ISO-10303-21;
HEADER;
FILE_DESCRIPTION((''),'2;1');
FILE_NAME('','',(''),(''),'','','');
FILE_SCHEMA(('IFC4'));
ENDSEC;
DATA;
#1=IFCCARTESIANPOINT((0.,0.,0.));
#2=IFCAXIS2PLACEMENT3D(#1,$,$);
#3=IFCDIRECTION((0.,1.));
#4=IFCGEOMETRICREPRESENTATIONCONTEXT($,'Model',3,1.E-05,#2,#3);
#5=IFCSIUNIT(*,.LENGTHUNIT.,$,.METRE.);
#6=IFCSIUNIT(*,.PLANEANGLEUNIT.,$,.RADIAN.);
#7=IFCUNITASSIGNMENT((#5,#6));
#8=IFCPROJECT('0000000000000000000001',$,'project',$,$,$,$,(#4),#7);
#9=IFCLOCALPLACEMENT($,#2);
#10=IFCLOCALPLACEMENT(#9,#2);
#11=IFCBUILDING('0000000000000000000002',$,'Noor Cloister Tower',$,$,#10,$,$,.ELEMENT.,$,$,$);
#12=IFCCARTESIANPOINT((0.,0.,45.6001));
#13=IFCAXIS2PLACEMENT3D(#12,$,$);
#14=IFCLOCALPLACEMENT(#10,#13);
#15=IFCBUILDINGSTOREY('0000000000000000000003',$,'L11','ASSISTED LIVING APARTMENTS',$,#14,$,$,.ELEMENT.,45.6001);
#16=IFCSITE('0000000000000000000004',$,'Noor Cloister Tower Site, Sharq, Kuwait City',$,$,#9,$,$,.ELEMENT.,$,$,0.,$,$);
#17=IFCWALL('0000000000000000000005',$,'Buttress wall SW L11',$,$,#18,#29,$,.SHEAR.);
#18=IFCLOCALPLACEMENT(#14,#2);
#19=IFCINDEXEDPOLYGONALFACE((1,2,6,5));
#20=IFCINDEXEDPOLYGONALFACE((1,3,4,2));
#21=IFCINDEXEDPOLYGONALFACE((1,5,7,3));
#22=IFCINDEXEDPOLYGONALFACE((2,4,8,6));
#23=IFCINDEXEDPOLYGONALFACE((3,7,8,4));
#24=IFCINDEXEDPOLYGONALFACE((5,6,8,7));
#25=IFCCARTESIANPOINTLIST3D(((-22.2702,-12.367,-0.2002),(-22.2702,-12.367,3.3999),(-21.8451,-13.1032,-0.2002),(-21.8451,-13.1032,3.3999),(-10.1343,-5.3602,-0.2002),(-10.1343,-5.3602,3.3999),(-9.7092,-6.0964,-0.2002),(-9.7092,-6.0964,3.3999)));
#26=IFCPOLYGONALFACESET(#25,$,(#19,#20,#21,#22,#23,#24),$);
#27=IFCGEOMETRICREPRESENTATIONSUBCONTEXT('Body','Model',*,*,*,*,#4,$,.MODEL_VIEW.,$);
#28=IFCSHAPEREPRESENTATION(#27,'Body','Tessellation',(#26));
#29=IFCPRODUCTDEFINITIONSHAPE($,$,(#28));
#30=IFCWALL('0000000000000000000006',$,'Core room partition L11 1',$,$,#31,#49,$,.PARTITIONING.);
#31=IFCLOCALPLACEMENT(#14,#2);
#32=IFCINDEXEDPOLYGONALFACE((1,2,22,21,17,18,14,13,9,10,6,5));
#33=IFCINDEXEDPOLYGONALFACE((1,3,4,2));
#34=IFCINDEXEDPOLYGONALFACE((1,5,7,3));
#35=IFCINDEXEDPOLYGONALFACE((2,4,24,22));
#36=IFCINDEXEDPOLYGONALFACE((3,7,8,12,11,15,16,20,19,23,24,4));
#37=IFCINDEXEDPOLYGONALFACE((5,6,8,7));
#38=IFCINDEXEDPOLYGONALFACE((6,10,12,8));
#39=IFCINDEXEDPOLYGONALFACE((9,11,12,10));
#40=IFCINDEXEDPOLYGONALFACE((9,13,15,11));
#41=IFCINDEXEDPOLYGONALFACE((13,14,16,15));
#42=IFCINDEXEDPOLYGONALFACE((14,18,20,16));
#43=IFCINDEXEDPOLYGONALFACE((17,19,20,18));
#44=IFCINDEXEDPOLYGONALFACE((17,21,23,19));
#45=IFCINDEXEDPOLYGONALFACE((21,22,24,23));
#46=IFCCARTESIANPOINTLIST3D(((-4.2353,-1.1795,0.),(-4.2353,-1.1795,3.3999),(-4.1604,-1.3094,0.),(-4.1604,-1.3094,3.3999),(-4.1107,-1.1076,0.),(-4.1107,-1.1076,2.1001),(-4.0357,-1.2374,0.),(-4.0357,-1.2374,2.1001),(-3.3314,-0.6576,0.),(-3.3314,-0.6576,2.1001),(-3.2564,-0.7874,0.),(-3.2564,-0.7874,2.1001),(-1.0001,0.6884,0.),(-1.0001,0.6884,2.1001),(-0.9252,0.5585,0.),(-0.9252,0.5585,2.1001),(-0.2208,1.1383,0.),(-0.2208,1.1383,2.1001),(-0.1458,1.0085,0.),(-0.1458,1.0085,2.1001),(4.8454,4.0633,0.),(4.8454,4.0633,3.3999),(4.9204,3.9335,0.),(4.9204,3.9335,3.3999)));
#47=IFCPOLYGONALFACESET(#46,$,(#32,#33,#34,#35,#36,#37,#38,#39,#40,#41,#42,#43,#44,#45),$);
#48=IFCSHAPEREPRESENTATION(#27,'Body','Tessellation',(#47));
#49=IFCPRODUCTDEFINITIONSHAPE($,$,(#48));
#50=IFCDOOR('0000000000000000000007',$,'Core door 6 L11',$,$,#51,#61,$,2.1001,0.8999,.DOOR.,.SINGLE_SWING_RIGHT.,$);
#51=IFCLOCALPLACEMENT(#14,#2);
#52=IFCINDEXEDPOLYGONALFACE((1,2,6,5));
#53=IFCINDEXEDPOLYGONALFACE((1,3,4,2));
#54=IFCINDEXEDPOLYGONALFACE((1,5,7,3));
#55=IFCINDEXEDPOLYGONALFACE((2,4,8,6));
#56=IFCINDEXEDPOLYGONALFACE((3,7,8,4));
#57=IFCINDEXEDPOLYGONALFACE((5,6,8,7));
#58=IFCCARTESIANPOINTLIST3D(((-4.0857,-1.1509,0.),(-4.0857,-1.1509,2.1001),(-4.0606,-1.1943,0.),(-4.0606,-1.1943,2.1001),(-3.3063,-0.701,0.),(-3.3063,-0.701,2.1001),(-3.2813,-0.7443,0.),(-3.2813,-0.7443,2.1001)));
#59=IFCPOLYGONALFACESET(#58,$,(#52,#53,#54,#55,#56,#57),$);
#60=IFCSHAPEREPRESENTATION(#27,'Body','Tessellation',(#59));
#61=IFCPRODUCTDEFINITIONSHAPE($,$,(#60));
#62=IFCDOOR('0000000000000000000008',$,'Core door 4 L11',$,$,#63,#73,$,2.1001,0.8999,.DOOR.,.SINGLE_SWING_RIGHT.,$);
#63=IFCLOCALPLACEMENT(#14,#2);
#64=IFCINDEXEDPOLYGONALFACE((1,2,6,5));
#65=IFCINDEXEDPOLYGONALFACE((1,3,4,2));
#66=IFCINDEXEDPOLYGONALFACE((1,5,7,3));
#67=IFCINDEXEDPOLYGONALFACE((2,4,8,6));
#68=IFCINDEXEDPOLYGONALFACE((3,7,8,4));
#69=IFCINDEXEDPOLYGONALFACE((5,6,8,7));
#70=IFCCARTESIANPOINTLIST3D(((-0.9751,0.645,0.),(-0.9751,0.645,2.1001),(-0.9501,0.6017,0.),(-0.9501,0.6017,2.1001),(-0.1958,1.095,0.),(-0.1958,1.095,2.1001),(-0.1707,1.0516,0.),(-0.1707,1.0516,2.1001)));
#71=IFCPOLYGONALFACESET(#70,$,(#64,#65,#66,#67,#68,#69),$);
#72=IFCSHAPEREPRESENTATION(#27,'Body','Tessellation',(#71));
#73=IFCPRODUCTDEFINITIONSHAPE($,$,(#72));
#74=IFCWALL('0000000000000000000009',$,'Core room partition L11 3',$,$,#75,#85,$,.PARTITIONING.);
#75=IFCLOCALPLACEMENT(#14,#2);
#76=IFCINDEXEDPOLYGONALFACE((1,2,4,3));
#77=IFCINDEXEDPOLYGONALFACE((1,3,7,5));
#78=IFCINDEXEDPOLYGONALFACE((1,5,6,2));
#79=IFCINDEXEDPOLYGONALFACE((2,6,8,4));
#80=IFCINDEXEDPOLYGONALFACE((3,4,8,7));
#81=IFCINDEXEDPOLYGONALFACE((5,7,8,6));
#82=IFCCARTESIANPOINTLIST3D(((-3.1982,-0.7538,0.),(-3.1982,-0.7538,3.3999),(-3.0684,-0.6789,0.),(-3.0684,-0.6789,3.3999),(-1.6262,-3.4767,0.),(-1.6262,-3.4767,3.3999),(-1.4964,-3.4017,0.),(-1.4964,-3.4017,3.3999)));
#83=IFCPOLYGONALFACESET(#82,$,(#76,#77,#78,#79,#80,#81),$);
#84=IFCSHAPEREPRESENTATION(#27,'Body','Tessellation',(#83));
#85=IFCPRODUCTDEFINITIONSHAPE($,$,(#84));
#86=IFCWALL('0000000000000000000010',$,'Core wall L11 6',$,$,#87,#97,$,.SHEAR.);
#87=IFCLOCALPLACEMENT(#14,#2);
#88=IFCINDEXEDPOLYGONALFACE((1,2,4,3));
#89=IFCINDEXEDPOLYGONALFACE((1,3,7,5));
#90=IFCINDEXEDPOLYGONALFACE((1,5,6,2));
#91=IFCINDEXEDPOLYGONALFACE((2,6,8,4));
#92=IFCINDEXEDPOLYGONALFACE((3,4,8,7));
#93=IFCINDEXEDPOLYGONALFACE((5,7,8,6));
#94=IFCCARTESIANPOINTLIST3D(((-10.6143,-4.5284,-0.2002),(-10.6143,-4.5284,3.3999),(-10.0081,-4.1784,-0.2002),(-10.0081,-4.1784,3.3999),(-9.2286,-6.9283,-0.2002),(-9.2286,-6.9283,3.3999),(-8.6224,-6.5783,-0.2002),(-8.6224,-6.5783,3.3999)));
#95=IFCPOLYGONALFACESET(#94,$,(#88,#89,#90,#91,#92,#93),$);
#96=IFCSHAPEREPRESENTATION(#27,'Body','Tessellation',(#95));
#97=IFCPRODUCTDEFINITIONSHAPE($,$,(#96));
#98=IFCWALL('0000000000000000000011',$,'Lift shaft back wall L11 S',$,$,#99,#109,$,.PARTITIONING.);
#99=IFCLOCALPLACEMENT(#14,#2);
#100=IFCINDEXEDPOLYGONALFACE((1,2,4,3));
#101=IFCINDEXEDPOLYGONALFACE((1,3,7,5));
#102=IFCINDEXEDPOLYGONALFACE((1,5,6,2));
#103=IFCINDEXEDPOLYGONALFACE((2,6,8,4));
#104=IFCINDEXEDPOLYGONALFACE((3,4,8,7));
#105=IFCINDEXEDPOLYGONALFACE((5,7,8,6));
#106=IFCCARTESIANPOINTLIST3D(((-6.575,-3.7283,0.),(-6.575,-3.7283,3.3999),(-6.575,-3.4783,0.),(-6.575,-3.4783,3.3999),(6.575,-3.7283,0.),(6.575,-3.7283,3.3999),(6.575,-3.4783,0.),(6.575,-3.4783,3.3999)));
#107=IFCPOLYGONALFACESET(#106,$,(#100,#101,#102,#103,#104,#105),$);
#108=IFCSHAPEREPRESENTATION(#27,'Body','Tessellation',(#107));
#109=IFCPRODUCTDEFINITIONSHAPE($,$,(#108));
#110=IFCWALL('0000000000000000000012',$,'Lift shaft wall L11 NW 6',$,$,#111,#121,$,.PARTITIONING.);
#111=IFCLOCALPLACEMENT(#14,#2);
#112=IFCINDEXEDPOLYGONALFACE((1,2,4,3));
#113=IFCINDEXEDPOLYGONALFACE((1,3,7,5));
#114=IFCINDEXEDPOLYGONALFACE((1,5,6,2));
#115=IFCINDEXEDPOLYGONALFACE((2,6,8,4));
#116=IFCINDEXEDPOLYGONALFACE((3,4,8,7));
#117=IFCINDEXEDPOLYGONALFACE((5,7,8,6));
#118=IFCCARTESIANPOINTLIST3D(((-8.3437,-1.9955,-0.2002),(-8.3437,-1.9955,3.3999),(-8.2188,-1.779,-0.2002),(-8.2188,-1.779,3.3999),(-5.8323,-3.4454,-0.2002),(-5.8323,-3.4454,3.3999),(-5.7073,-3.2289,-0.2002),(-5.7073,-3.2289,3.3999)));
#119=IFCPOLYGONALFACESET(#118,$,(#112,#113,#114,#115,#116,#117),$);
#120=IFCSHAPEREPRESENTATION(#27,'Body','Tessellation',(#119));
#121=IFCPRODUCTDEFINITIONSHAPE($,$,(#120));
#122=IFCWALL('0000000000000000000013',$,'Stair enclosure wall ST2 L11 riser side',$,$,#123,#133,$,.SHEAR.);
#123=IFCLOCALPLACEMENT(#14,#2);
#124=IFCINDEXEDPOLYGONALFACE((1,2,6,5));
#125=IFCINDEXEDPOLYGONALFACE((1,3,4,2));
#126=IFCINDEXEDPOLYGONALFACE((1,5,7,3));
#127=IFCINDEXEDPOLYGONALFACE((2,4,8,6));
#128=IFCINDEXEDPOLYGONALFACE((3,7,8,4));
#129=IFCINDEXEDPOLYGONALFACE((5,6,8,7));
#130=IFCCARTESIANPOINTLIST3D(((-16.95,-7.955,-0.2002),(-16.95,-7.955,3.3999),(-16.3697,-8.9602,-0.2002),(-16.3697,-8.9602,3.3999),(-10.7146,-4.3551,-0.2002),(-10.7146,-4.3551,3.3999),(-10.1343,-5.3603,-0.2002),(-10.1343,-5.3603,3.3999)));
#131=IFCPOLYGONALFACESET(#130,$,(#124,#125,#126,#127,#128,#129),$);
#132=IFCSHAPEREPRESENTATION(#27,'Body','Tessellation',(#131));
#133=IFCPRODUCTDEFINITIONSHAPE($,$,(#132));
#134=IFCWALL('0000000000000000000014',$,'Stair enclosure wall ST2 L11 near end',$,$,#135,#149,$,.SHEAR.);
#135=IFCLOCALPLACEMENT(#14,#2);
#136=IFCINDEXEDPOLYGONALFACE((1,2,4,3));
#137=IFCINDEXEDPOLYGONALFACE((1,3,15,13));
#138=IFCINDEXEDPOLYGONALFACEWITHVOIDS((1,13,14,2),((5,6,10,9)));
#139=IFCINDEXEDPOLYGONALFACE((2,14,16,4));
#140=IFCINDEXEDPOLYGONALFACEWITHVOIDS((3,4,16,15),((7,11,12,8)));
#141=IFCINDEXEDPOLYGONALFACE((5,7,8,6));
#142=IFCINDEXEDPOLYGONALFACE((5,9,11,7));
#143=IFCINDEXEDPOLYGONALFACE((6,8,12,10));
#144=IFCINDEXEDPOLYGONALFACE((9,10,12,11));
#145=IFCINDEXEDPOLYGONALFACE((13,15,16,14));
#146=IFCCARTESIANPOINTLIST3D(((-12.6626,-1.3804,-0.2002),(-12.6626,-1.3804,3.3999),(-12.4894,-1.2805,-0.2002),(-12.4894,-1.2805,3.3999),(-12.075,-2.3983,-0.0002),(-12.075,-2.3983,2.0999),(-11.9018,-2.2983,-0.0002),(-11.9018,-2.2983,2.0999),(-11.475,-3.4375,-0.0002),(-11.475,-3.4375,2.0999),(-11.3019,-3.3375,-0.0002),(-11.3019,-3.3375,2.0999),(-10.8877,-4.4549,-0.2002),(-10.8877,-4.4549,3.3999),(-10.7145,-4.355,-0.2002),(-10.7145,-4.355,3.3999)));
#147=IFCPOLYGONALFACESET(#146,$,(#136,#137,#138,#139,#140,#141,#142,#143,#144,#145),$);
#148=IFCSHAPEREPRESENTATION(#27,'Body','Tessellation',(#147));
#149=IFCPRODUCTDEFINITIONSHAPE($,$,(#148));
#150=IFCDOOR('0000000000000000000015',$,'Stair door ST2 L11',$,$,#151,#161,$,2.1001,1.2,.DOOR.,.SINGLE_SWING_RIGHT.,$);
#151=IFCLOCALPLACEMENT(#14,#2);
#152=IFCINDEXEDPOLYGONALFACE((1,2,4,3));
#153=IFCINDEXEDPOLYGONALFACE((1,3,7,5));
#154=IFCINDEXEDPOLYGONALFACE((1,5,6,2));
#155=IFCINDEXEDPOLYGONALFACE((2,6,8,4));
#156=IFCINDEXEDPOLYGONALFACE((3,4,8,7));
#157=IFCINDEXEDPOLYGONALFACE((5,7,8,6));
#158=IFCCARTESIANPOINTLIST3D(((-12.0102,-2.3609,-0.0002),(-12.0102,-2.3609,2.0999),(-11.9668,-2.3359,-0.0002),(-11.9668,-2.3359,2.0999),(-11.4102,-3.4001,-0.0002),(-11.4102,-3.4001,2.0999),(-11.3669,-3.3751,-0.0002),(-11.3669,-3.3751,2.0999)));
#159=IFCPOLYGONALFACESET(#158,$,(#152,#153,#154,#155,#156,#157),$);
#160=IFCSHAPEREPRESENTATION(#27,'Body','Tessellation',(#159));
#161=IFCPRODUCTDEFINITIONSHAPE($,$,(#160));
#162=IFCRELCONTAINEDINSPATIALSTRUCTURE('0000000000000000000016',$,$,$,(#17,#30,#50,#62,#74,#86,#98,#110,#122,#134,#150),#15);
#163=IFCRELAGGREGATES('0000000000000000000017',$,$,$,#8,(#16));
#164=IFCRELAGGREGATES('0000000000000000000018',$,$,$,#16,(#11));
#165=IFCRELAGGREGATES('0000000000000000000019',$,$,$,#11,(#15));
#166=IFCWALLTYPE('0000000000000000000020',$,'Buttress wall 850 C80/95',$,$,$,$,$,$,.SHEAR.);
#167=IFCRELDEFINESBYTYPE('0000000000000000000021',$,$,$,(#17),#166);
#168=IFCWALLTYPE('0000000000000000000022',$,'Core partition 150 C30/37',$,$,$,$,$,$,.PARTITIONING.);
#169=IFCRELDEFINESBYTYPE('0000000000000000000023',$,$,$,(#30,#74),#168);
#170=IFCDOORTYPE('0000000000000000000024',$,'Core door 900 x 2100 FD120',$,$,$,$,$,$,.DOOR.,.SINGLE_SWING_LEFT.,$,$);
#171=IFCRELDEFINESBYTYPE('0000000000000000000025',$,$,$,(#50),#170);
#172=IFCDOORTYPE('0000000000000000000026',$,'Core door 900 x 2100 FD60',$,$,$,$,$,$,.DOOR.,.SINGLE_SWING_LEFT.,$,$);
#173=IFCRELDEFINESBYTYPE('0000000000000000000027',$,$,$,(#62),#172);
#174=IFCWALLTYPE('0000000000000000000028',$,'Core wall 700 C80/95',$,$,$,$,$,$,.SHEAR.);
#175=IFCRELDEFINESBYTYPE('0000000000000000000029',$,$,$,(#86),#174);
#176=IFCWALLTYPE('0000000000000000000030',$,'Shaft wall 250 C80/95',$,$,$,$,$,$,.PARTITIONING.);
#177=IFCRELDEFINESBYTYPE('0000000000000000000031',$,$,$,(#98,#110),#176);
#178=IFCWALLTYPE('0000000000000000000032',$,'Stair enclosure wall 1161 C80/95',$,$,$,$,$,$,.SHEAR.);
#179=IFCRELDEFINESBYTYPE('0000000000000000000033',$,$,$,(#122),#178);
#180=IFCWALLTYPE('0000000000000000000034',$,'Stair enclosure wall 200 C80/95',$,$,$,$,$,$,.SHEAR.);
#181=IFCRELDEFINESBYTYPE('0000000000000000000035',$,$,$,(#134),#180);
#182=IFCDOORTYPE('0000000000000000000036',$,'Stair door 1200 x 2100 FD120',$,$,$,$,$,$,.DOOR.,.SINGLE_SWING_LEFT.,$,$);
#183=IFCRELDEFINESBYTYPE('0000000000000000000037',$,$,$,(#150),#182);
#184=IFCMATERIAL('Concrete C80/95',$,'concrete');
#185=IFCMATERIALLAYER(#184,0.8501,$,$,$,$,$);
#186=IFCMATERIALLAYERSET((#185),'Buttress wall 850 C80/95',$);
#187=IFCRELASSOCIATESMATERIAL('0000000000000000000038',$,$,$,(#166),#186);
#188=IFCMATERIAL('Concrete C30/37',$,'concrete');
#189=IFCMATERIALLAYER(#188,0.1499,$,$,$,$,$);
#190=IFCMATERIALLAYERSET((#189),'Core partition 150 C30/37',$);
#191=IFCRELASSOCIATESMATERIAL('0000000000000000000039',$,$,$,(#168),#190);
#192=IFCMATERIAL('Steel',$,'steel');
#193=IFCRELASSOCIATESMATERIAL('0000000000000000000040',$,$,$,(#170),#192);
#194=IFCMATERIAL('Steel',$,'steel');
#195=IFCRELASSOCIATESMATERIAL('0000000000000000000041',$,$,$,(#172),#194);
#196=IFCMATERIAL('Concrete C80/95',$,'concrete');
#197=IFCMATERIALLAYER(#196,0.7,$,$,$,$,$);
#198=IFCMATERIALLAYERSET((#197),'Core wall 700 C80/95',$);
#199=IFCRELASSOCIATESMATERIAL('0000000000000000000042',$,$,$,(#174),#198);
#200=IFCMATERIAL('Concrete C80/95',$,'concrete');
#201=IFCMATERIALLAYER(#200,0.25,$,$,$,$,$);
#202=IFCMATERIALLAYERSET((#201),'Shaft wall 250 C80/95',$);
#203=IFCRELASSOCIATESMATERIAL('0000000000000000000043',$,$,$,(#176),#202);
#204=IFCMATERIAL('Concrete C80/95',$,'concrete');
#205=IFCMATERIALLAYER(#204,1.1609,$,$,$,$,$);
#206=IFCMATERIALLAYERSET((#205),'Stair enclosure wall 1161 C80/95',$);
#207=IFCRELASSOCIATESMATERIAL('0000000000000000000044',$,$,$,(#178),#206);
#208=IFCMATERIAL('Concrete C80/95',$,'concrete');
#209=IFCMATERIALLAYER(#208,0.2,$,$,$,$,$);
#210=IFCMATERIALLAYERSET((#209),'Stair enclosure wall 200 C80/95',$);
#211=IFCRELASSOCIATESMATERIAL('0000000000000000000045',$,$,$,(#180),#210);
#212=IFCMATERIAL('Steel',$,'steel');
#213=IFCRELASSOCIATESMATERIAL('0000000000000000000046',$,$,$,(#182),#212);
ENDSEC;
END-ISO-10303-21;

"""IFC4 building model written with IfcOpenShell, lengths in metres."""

from ifc_helpers import new_model, si_unit, direction, frame, frame_2d, origin, place, context, subcontext, project, spatial, rectangle, extrude, material, layer, layer_set, type_object, element, fill, save


model = new_model("IFC4")

# Units and contexts
model_context = context("Model", 3, precision=1e-05, world=origin(), true_north=direction((0.0, 1.0)))
body_context = subcontext(model_context, "Body", "Model", "MODEL_VIEW")
ifc_project = project(units=[si_unit("LENGTHUNIT", "METRE"), si_unit("PLANEANGLEUNIT", "RADIAN")], contexts=[model_context])

# Site, building, storey
site_placement = place(None, origin())
site = spatial("IfcSite", under=ifc_project, at=site_placement, Name="Noor Cloister Tower Site, Sharq, Kuwait City", CompositionType="ELEMENT", RefElevation=0.0)
building_placement = place(site_placement, origin())
building = spatial("IfcBuilding", under=site, at=building_placement, Name="Noor Cloister Tower", CompositionType="ELEMENT")
storey_placement = place(building_placement, frame((0.0, 0.0, 45.6001)))
storey = spatial("IfcBuildingStorey", under=building, at=storey_placement, Name="L11", Description="ASSISTED LIVING APARTMENTS", CompositionType="ELEMENT", Elevation=45.6001)

# Wall
ifc_material_1 = material(Name="Concrete C80/95", Category="concrete")
ifc_layer_1 = layer(ifc_material_1, 0.8501)
ifc_layer_set_1 = layer_set([ifc_layer_1], Name="Buttress wall 850 C80/95")
wall_type_1 = type_object("IfcWallType", Name="Buttress wall 850 C80/95", PredefinedType="SHEAR", material=ifc_layer_set_1)
wall_1_placement = place(storey_placement, frame((-9.9216, -5.7283, -0.2002), z_axis=(0.0, 0.0, 1.0), x_axis=(-0.866022, -0.500006, 0.0)))
element("IfcWall", 1, at=wall_1_placement, inside=storey, type_object=wall_type_1, Name="Buttress wall SW L11", PredefinedType="SHEAR", context=body_context, shape_type="SweptSolid", body=[
    extrude(rectangle(XDim=14.0134, YDim=0.8501, at=frame_2d((7.0068, 0.0))), origin(), (0.0, 0.0, 1.0), 3.6001),
])

# Wall, openings, doors
ifc_material_2 = material(Name="Concrete C30/37", Category="concrete")
ifc_layer_2 = layer(ifc_material_2, 0.1499)
ifc_layer_set_2 = layer_set([ifc_layer_2], Name="Core partition 150 C30/37")
wall_type_2 = type_object("IfcWallType", Name="Core partition 150 C30/37", PredefinedType="PARTITIONING", material=ifc_layer_set_2)
wall_2_placement = place(storey_placement, frame((-4.1978, -1.2444, 0.0), z_axis=(0.0, 0.0, 1.0), x_axis=(0.866021, 0.500008, 0.0)))
wall_2 = element("IfcWall", 2, at=wall_2_placement, inside=storey, type_object=wall_type_2, Name="Core room partition L11 1", PredefinedType="PARTITIONING", context=body_context, shape_type="SweptSolid", body=[
    extrude(rectangle(XDim=10.4856, YDim=0.1499, at=frame_2d((5.2427, 0.0))), origin(), (0.0, 0.0, 1.0), 3.3999),
])
opening_1_placement = place(wall_2_placement, frame((3.7356, 0.0, 0.0)))
opening_1 = element("IfcOpeningElement", 3, at=opening_1_placement, cuts=wall_2, PredefinedType="OPENING", context=body_context, shape_type="SweptSolid", body=[
    extrude(rectangle(XDim=0.8999, YDim=2.1001, at=frame_2d((0.45, 1.05))), frame((0.0, 0.085, 0.0), z_axis=(0.0, -1.0, 0.0), x_axis=(1.0, 0.0, 0.0)), (0.0, 0.0, 1.0), 0.1699),
])
opening_2_placement = place(wall_2_placement, frame((0.1438, 0.0, 0.0)))
opening_2 = element("IfcOpeningElement", 4, at=opening_2_placement, cuts=wall_2, PredefinedType="OPENING", context=body_context, shape_type="SweptSolid", body=[
    extrude(rectangle(XDim=0.8999, YDim=2.1001, at=frame_2d((0.45, 1.05))), frame((0.0, 0.085, 0.0), z_axis=(0.0, -1.0, 0.0), x_axis=(1.0, 0.0, 0.0)), (0.0, 0.0, 1.0), 0.1699),
])
ifc_material_3 = material(Name="Steel", Category="steel")
door_type_1 = type_object("IfcDoorType", Name="Core door 900 x 2100 FD120", OperationType="SINGLE_SWING_LEFT", PredefinedType="DOOR", material=ifc_material_3)
door_1_placement = place(opening_2_placement, origin())
door_1 = element("IfcDoor", 5, at=door_1_placement, inside=storey, type_object=door_type_1, Name="Core door 6 L11", OperationType="SINGLE_SWING_RIGHT", OverallHeight=2.1001, OverallWidth=0.8999, PredefinedType="DOOR", context=body_context, shape_type="SweptSolid", body=[
    extrude(rectangle(XDim=0.8999, YDim=2.1001, at=frame_2d((0.45, 1.05))), frame((0.0, 0.0249, 0.0), z_axis=(0.0, -1.0, 0.0), x_axis=(1.0, 0.0, 0.0)), (0.0, 0.0, 1.0), 0.05),
])
fill(opening_2, door_1)
ifc_material_4 = material(Name="Steel", Category="steel")
door_type_2 = type_object("IfcDoorType", Name="Core door 900 x 2100 FD60", OperationType="SINGLE_SWING_LEFT", PredefinedType="DOOR", material=ifc_material_4)
door_2_placement = place(opening_1_placement, origin())
door_2 = element("IfcDoor", 6, at=door_2_placement, inside=storey, type_object=door_type_2, Name="Core door 4 L11", OperationType="SINGLE_SWING_RIGHT", OverallHeight=2.1001, OverallWidth=0.8999, PredefinedType="DOOR", context=body_context, shape_type="SweptSolid", body=[
    extrude(rectangle(XDim=0.8999, YDim=2.1001, at=frame_2d((0.45, 1.05))), frame((0.0, 0.0249, 0.0), z_axis=(0.0, -1.0, 0.0), x_axis=(1.0, 0.0, 0.0)), (0.0, 0.0, 1.0), 0.05),
])
fill(opening_1, door_2)

# Walls
wall_3_placement = place(storey_placement, frame((-1.5613, -3.4392, 0.0), z_axis=(0.0, 0.0, 1.0), x_axis=(-0.499989, 0.866032, 0.0)))
element("IfcWall", 7, at=wall_3_placement, inside=storey, type_object=wall_type_2, Name="Core room partition L11 3", PredefinedType="PARTITIONING", context=body_context, shape_type="SweptSolid", body=[
    extrude(rectangle(XDim=3.144, YDim=0.1499, at=frame_2d((1.572, 0.0))), origin(), (0.0, 0.0, 1.0), 3.3999),
])
ifc_material_5 = material(Name="Concrete C80/95", Category="concrete")
ifc_layer_3 = layer(ifc_material_5, 0.7)
ifc_layer_set_3 = layer_set([ifc_layer_3], Name="Core wall 700 C80/95")
wall_type_3 = type_object("IfcWallType", Name="Core wall 700 C80/95", PredefinedType="SHEAR", material=ifc_layer_set_3)
wall_4_placement = place(storey_placement, frame((-10.3113, -4.3533, -0.2002), z_axis=(0.0, 0.0, 1.0), x_axis=(0.500043, -0.866001, 0.0)))
element("IfcWall", 8, at=wall_4_placement, inside=storey, type_object=wall_type_3, Name="Core wall L11 6", PredefinedType="SHEAR", context=body_context, shape_type="SweptSolid", body=[
    extrude(rectangle(XDim=2.7712, YDim=0.7, at=frame_2d((1.3857, 0.0))), origin(), (0.0, 0.0, 1.0), 3.6001),
])
ifc_material_6 = material(Name="Concrete C80/95", Category="concrete")
ifc_layer_4 = layer(ifc_material_6, 0.25)
ifc_layer_set_4 = layer_set([ifc_layer_4], Name="Shaft wall 250 C80/95")
wall_type_4 = type_object("IfcWallType", Name="Shaft wall 250 C80/95", PredefinedType="PARTITIONING", material=ifc_layer_set_4)
wall_5_placement = place(storey_placement, frame((-6.575, -3.6033, 0.0), z_axis=(0.0, 0.0, 1.0), x_axis=(1.0, 0.0, 0.0)))
element("IfcWall", 9, at=wall_5_placement, inside=storey, type_object=wall_type_4, Name="Lift shaft back wall L11 S", PredefinedType="PARTITIONING", context=body_context, shape_type="SweptSolid", body=[
    extrude(rectangle(XDim=13.1499, YDim=0.25, at=frame_2d((6.575, 0.0))), origin(), (0.0, 0.0, 1.0), 3.3999),
])
wall_6_placement = place(storey_placement, frame((-8.2812, -1.8872, -0.2002), z_axis=(0.0, 0.0, 1.0), x_axis=(0.866033, -0.499987, 0.0)))
element("IfcWall", 10, at=wall_6_placement, inside=storey, type_object=wall_type_4, Name="Lift shaft wall L11 NW 6", PredefinedType="PARTITIONING", context=body_context, shape_type="SweptSolid", body=[
    extrude(rectangle(XDim=2.8999, YDim=0.25, at=frame_2d((1.45, 0.0))), origin(), (0.0, 0.0, 1.0), 3.6001),
])
ifc_material_7 = material(Name="Concrete C80/95", Category="concrete")
ifc_layer_5 = layer(ifc_material_7, 1.1609)
ifc_layer_set_5 = layer_set([ifc_layer_5], Name="Stair enclosure wall 1161 C80/95")
wall_type_5 = type_object("IfcWallType", Name="Stair enclosure wall 1161 C80/95", PredefinedType="SHEAR", material=ifc_layer_set_5)
wall_7_placement = place(storey_placement, frame((-10.4243, -4.8577, -0.2002), z_axis=(0.0, 0.0, 1.0), x_axis=(-0.866033, -0.499987, 0.0)))
element("IfcWall", 11, at=wall_7_placement, inside=storey, type_object=wall_type_5, Name="Stair enclosure wall ST2 L11 riser side", PredefinedType="SHEAR", context=body_context, shape_type="SweptSolid", body=[
    extrude(rectangle(XDim=7.2, YDim=1.1606, at=frame_2d((3.6001, 0.0))), origin(), (0.0, 0.0, 1.0), 3.6001),
])

# Wall, opening, door
ifc_material_8 = material(Name="Concrete C80/95", Category="concrete")
ifc_layer_6 = layer(ifc_material_8, 0.2)
ifc_layer_set_6 = layer_set([ifc_layer_6], Name="Stair enclosure wall 200 C80/95")
wall_type_6 = type_object("IfcWallType", Name="Stair enclosure wall 200 C80/95", PredefinedType="SHEAR", material=ifc_layer_set_6)
wall_8_placement = place(storey_placement, frame((-12.5759, -1.3306, -0.2002), z_axis=(0.0, 0.0, 1.0), x_axis=(0.49997, -0.866042, 0.0)))
wall_8 = element("IfcWall", 12, at=wall_8_placement, inside=storey, type_object=wall_type_6, Name="Stair enclosure wall ST2 L11 near end", PredefinedType="SHEAR", context=body_context, shape_type="SweptSolid", body=[
    extrude(rectangle(XDim=3.55, YDim=0.2, at=frame_2d((1.7749, 0.0))), origin(), (0.0, 0.0, 1.0), 3.6001),
])
opening_3_placement = place(wall_8_placement, frame((1.175, 0.0, 0.2)))
opening_3 = element("IfcOpeningElement", 13, at=opening_3_placement, cuts=wall_8, PredefinedType="OPENING", context=body_context, shape_type="SweptSolid", body=[
    extrude(rectangle(XDim=1.2, YDim=2.1001, at=frame_2d((0.6001, 1.05))), frame((0.0, 0.1099, 0.0), z_axis=(0.0, -1.0, 0.0), x_axis=(1.0, 0.0, 0.0)), (0.0, 0.0, 1.0), 0.22),
])
ifc_material_9 = material(Name="Steel", Category="steel")
door_type_3 = type_object("IfcDoorType", Name="Stair door 1200 x 2100 FD120", OperationType="SINGLE_SWING_LEFT", PredefinedType="DOOR", material=ifc_material_9)
door_3_placement = place(opening_3_placement, origin())
door_3 = element("IfcDoor", 14, at=door_3_placement, inside=storey, type_object=door_type_3, Name="Stair door ST2 L11", OperationType="SINGLE_SWING_RIGHT", OverallHeight=2.1001, OverallWidth=1.2, PredefinedType="DOOR", context=body_context, shape_type="SweptSolid", body=[
    extrude(rectangle(XDim=1.2, YDim=2.1001, at=frame_2d((0.6001, 1.05))), frame((0.0, 0.0249, 0.0), z_axis=(0.0, -1.0, 0.0), x_axis=(1.0, 0.0, 0.0)), (0.0, 0.0, 1.0), 0.05),
])
fill(opening_3, door_3)

save(model, "model.ifc")
